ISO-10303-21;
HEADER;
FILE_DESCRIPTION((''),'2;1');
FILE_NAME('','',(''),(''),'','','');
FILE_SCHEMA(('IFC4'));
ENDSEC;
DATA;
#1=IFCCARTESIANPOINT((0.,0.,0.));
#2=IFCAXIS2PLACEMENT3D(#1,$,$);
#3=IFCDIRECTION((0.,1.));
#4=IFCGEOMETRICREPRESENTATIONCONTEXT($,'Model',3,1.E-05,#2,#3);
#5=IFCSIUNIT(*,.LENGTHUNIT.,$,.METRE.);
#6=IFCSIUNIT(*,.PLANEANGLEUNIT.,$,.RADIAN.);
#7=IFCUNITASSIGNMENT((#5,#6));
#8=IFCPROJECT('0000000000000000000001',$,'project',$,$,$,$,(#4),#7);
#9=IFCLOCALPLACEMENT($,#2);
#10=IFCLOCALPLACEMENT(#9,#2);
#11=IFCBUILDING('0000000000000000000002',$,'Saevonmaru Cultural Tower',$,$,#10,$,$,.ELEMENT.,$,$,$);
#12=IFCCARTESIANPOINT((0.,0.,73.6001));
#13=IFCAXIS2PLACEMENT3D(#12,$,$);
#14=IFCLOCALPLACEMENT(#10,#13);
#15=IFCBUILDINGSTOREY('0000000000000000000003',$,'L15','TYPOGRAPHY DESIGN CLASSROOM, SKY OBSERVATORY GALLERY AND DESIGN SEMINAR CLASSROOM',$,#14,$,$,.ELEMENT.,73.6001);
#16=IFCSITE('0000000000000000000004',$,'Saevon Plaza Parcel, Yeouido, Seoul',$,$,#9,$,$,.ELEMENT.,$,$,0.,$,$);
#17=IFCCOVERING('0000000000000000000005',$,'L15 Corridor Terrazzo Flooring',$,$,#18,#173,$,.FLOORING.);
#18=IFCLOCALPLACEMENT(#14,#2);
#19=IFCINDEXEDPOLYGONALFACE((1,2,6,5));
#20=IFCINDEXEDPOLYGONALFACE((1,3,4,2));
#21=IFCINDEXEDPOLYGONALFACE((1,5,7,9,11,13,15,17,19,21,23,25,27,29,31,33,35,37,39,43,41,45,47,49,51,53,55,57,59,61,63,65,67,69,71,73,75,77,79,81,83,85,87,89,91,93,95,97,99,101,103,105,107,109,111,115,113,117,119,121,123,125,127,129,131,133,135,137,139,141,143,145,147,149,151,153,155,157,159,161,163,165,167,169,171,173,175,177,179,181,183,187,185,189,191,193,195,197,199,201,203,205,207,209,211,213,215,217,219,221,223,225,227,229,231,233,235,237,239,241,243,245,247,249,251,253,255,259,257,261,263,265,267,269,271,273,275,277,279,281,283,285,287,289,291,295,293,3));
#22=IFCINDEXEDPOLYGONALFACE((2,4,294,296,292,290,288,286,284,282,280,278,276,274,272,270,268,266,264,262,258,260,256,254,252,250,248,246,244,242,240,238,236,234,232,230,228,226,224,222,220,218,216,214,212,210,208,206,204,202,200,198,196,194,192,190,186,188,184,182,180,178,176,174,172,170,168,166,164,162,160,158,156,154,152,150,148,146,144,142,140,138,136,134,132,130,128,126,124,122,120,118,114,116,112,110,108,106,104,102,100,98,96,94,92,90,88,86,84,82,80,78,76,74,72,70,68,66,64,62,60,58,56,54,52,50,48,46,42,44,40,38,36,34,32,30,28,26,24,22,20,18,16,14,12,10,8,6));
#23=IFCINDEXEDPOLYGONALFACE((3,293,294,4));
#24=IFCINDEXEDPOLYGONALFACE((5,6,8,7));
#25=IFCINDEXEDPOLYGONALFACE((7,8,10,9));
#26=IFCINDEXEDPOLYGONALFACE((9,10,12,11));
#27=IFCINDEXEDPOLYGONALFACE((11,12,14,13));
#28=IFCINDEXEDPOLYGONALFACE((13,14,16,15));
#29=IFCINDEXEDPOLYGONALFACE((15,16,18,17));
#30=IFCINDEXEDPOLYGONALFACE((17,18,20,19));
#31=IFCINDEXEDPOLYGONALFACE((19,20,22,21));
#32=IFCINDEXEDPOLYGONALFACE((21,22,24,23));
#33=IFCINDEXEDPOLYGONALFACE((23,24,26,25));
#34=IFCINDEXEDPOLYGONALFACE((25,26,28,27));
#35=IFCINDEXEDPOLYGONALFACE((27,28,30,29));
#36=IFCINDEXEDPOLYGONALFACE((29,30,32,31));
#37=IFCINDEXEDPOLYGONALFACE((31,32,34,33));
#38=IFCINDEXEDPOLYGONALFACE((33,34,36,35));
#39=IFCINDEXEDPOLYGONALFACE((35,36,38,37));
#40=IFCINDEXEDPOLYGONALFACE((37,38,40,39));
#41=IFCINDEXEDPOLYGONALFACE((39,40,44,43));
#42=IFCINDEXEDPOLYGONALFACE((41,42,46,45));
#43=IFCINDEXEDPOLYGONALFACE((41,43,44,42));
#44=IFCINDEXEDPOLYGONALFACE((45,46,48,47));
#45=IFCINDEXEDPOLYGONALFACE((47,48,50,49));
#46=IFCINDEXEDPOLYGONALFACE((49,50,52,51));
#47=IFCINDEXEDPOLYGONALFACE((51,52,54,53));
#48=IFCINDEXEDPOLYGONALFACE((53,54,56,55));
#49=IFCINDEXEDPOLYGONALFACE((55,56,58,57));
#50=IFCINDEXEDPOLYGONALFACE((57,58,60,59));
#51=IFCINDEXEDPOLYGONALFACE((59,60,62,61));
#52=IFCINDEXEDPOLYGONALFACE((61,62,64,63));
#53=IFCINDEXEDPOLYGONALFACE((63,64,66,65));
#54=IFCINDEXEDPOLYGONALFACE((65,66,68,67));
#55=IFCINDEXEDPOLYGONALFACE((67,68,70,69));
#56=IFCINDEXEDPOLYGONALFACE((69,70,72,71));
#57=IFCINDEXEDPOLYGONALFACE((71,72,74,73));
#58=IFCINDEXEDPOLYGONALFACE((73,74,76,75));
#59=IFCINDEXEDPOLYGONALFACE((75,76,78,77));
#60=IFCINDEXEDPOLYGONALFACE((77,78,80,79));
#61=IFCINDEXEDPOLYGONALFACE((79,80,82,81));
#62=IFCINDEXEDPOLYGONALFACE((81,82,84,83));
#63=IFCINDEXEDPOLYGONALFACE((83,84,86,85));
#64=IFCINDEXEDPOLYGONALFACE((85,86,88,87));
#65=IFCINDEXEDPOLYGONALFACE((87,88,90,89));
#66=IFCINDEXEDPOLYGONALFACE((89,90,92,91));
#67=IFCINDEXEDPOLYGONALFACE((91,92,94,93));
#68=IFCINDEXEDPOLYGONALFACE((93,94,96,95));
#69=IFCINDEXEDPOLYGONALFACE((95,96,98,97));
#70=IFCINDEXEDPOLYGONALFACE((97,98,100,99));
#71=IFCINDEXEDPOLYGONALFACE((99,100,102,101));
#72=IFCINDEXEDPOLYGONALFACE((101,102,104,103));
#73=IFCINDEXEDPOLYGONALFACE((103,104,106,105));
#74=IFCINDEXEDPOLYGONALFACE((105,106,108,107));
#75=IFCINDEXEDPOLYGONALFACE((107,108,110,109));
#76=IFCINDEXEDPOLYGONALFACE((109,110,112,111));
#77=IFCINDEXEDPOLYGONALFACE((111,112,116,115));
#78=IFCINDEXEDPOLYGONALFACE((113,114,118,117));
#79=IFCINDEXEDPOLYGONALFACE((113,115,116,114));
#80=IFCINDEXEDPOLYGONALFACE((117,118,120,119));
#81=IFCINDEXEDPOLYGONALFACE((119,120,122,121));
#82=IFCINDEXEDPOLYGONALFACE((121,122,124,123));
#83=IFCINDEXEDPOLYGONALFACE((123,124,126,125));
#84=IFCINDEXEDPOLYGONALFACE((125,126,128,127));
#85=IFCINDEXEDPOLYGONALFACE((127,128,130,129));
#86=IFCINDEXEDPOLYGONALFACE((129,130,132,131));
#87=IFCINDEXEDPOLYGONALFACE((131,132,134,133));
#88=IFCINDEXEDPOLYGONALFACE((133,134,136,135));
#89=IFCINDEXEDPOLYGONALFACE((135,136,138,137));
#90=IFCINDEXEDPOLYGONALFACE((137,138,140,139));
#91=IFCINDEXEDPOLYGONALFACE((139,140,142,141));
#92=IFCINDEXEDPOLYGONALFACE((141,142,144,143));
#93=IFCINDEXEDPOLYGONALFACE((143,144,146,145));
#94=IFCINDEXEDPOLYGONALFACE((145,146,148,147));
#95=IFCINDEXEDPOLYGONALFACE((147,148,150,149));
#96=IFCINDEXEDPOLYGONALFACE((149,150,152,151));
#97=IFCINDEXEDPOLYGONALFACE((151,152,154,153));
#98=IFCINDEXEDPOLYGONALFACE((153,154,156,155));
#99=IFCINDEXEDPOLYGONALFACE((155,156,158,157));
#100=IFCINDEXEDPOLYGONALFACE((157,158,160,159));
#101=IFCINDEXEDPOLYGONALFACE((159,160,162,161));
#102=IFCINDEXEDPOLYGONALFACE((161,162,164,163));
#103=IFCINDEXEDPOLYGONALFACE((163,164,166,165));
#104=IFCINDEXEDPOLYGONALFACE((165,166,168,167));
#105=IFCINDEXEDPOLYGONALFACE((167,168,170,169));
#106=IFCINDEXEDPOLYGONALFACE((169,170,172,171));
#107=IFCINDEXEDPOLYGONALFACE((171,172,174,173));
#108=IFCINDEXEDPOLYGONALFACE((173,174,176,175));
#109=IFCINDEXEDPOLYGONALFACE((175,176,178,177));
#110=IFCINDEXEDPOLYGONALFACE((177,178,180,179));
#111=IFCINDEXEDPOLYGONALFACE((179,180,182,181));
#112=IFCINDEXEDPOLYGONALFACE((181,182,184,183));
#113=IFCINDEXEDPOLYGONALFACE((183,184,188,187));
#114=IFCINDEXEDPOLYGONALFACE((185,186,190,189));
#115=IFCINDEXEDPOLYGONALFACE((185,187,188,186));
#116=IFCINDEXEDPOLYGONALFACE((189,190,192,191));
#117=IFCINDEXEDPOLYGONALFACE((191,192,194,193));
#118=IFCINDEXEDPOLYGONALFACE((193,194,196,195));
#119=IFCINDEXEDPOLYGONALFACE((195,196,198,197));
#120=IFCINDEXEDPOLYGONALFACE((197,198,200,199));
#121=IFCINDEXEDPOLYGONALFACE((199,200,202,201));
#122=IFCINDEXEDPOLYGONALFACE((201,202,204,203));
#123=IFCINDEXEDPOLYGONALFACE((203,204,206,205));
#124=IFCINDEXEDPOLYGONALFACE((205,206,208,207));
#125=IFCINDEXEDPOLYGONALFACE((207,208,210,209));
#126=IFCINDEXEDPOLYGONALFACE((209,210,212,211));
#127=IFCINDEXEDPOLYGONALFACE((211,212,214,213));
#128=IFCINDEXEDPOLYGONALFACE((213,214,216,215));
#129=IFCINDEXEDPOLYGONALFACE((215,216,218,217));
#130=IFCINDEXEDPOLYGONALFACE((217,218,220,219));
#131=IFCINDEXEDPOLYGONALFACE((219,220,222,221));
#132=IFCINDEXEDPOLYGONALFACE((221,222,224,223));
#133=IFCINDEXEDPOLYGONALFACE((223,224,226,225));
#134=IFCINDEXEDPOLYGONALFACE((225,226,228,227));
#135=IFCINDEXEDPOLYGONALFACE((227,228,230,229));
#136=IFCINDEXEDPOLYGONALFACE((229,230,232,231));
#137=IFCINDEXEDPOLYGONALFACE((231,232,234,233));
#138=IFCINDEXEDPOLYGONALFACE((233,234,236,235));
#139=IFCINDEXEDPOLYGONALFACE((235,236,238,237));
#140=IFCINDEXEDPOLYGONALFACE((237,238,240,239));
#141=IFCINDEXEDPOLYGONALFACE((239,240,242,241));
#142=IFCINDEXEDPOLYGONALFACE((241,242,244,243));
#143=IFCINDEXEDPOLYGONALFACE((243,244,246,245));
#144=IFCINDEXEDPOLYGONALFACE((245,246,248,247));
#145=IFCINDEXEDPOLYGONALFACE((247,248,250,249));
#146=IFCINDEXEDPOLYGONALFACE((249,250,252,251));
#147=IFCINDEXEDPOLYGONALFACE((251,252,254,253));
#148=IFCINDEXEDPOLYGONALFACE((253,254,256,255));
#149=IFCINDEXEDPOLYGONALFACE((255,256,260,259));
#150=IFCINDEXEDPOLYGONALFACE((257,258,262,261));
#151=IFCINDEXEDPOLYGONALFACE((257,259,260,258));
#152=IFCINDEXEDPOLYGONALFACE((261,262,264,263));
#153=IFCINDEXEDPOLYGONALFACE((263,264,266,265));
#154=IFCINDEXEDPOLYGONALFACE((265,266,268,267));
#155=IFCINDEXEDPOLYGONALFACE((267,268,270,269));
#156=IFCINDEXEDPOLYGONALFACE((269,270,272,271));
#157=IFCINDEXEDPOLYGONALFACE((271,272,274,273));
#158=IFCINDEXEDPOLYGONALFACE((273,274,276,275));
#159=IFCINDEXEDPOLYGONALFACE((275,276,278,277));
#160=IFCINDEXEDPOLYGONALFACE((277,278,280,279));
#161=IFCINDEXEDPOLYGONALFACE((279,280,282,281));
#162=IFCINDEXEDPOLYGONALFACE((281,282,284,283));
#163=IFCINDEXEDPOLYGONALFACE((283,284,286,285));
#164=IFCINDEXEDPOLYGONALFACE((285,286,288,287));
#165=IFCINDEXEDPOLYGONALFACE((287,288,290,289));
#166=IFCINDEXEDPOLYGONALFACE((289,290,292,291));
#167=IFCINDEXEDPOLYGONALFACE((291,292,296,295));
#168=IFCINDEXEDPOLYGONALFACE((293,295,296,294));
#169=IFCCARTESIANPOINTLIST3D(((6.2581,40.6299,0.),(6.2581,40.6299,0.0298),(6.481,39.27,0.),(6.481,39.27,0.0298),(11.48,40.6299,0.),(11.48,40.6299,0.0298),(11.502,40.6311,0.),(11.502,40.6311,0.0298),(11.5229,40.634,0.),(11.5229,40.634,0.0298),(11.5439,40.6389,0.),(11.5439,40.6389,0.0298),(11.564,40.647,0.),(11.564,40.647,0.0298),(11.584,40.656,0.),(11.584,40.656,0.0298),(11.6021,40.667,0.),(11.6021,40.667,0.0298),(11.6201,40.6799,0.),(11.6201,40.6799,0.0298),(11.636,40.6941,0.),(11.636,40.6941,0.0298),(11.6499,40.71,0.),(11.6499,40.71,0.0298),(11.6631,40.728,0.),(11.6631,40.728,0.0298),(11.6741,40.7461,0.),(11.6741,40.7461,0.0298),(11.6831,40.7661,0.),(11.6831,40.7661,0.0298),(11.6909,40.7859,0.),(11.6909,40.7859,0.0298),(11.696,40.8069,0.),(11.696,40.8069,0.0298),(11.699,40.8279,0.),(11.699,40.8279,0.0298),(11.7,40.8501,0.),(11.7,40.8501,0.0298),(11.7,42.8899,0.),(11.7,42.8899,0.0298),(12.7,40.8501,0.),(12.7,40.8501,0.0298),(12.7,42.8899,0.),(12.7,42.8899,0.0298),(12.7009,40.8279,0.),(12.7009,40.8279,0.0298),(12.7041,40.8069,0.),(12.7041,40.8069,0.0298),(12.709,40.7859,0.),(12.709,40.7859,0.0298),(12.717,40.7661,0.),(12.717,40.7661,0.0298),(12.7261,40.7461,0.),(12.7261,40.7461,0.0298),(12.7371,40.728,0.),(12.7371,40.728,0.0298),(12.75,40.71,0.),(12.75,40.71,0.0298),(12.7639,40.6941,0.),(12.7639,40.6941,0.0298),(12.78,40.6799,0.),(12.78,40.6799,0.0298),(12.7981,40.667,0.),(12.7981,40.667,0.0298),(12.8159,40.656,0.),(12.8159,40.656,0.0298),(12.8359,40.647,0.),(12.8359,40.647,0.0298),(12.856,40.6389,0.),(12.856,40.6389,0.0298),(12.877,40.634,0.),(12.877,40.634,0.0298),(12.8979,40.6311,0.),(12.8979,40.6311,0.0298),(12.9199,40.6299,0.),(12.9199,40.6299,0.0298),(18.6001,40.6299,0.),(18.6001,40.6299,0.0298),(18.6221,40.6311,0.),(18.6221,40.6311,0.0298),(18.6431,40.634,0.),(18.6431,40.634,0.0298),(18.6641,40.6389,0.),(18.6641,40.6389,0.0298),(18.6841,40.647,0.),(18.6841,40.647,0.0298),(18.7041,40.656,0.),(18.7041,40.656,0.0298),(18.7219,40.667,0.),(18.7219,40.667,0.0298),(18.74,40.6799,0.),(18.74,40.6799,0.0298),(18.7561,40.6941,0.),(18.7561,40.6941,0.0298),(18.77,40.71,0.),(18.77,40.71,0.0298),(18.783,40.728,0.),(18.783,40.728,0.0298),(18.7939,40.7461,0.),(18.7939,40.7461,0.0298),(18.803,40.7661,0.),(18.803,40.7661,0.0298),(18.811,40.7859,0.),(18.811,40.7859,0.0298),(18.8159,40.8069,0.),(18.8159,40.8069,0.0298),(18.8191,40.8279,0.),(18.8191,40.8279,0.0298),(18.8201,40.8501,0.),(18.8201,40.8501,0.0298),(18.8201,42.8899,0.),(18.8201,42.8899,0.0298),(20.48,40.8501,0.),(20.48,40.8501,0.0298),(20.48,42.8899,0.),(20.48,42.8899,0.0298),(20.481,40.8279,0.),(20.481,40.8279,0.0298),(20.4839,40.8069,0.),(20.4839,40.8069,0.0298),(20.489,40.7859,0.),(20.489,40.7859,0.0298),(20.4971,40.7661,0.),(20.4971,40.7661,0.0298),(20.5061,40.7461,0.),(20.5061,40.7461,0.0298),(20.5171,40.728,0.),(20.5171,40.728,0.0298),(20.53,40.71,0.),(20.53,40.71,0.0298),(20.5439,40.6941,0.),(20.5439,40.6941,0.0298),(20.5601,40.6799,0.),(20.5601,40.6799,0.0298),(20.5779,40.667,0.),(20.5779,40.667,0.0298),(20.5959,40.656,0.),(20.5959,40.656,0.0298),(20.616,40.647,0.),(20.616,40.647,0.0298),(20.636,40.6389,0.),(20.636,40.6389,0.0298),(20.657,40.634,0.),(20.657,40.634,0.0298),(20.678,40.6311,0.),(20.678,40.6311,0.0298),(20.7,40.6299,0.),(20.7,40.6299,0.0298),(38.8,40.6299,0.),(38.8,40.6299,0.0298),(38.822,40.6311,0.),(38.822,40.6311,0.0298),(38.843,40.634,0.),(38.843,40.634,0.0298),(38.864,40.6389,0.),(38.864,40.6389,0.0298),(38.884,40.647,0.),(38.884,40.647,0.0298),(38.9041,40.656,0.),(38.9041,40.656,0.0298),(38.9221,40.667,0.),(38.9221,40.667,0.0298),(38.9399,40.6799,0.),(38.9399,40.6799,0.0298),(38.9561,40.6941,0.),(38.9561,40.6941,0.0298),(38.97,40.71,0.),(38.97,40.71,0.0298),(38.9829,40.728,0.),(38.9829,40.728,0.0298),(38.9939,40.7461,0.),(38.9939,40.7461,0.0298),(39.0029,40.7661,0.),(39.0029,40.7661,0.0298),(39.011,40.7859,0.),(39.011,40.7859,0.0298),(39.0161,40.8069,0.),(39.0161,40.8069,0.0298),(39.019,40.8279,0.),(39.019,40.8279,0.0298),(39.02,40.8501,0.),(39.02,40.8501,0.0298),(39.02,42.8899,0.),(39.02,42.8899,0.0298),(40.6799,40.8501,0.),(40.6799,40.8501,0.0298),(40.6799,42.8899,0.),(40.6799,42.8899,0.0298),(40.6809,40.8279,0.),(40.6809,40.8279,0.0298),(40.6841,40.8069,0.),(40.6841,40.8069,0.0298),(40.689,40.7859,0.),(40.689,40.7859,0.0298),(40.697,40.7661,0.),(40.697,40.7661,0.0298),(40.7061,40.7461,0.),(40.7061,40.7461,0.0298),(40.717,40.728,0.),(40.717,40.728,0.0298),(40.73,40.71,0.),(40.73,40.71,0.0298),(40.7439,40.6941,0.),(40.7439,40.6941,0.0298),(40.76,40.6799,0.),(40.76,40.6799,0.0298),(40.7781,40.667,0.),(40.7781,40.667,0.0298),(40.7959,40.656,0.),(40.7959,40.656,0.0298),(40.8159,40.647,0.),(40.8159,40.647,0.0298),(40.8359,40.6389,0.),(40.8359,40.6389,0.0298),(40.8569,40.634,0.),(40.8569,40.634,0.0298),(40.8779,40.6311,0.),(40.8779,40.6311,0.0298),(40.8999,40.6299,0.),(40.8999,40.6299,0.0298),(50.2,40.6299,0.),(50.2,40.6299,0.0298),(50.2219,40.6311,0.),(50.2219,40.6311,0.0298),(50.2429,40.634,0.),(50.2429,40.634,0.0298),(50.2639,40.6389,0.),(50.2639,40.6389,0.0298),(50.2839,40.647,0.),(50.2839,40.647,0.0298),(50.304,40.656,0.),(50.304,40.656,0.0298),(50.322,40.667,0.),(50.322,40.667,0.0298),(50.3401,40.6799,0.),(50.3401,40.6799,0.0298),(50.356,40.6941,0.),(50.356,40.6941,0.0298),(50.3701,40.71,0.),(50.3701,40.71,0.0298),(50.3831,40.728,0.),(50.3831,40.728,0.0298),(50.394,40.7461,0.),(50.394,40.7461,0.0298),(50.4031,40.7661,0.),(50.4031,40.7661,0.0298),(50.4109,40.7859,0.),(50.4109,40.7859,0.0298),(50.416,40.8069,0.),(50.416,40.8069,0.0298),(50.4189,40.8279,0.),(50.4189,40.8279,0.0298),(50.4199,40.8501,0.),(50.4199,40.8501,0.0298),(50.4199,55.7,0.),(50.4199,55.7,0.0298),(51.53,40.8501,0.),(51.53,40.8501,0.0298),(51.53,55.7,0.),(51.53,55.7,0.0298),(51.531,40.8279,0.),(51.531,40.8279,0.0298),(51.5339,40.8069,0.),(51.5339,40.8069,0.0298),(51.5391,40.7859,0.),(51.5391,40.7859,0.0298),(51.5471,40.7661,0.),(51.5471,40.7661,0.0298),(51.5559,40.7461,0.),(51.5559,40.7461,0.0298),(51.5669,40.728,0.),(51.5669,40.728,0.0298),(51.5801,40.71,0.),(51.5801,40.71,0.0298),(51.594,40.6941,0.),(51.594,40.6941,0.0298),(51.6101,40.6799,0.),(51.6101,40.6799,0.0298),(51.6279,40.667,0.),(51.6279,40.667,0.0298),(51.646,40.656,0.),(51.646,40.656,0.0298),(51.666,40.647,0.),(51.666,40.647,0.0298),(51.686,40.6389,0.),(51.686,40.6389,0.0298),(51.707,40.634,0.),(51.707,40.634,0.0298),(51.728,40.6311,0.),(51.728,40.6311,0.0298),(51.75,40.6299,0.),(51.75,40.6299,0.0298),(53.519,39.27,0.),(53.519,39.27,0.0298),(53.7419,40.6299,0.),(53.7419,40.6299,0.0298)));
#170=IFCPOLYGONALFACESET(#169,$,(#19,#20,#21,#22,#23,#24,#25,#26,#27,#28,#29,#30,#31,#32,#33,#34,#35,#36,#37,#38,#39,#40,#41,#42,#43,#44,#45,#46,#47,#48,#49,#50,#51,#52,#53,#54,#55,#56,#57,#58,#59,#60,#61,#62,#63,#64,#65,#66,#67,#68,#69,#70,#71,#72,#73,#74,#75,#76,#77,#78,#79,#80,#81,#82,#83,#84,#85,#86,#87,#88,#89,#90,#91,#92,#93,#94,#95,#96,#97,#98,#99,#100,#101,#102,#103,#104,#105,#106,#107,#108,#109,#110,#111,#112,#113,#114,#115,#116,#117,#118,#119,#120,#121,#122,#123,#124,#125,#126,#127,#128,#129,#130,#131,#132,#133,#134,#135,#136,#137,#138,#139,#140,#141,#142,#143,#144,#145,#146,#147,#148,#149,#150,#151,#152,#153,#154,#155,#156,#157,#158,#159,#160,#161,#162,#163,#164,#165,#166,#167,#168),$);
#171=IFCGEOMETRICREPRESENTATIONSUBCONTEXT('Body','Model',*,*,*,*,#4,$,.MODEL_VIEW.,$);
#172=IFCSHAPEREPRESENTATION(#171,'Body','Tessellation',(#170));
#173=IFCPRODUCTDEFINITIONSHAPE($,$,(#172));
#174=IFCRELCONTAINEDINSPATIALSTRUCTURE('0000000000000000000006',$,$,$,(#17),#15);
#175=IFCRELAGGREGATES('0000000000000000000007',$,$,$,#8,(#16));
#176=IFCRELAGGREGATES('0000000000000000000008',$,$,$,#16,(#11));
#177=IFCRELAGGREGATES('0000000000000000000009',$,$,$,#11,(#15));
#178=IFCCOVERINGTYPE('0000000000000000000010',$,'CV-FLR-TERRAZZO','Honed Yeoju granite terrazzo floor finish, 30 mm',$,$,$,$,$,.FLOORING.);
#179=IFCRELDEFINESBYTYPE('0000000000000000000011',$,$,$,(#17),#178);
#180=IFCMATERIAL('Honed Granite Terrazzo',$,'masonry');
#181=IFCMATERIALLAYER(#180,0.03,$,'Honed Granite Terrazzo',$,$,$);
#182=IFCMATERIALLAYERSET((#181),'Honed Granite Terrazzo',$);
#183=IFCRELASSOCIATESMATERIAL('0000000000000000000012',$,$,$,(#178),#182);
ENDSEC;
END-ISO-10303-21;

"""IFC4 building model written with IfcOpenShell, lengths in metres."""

from ifc_helpers import new_model, si_unit, direction, frame, origin, place, context, subcontext, project, spatial, polyline, outline, extrude, material, layer, layer_set, type_object, element, save


model = new_model("IFC4")

# Units and contexts
model_context = context("Model", 3, precision=1e-05, world=origin(), true_north=direction((0.0, 1.0)))
body_context = subcontext(model_context, "Body", "Model", "MODEL_VIEW")
ifc_project = project(units=[si_unit("LENGTHUNIT", "METRE"), si_unit("PLANEANGLEUNIT", "RADIAN")], contexts=[model_context])

# Site, building, storey
site_placement = place(None, origin())
site = spatial("IfcSite", under=ifc_project, at=site_placement, Name="Saevon Plaza Parcel, Yeouido, Seoul", CompositionType="ELEMENT", RefElevation=0.0)
building_placement = place(site_placement, origin())
building = spatial("IfcBuilding", under=site, at=building_placement, Name="Saevonmaru Cultural Tower", CompositionType="ELEMENT")
storey_placement = place(building_placement, frame((0.0, 0.0, 73.6001)))
storey = spatial("IfcBuildingStorey", under=building, at=storey_placement, Name="L15", Description="TYPOGRAPHY DESIGN CLASSROOM, SKY OBSERVATORY GALLERY AND DESIGN SEMINAR CLASSROOM", CompositionType="ELEMENT", Elevation=73.6001)

# Covering
ifc_material_1 = material(Name="Honed Granite Terrazzo", Category="masonry")
ifc_layer_1 = layer(ifc_material_1, 0.03, Name="Honed Granite Terrazzo")
ifc_layer_set_1 = layer_set([ifc_layer_1], Name="Honed Granite Terrazzo")
covering_type_1 = type_object("IfcCoveringType", Name="CV-FLR-TERRAZZO", Description="Honed Yeoju granite terrazzo floor finish, 30 mm", PredefinedType="FLOORING", material=ifc_layer_set_1)
covering_1_placement = place(storey_placement, origin())
element("IfcCovering", 1, at=covering_1_placement, inside=storey, type_object=covering_type_1, Name="L15 Corridor Terrazzo Flooring", PredefinedType="FLOORING", context=body_context, shape_type="SweptSolid", body=[
    extrude(outline(polyline([(6.481, 39.27), (6.2581, 40.6299), (11.48, 40.6299), (11.502, 40.6311), (11.5229, 40.634), (11.5439, 40.6389), (11.564, 40.647), (11.584, 40.656), (11.6021, 40.667), (11.6201, 40.6799), (11.636, 40.6941), (11.6499, 40.71), (11.6631, 40.728), (11.6741, 40.7461), (11.6831, 40.7661), (11.6909, 40.7859), (11.696, 40.8069), (11.699, 40.8279), (11.7, 40.8501), (11.7, 42.8899), (12.7, 42.8899), (12.7, 40.8501), (12.7009, 40.8279), (12.7041, 40.8069), (12.709, 40.7859), (12.717, 40.7661), (12.7261, 40.7461), (12.7371, 40.728), (12.75, 40.71), (12.7639, 40.6941), (12.78, 40.6799), (12.7981, 40.667), (12.8159, 40.656), (12.8359, 40.647), (12.856, 40.6389), (12.877, 40.634), (12.8979, 40.6311), (12.9199, 40.6299), (18.6001, 40.6299), (18.6221, 40.6311), (18.6431, 40.634), (18.6641, 40.6389), (18.6841, 40.647), (18.7041, 40.656), (18.7219, 40.667), (18.74, 40.6799), (18.7561, 40.6941), (18.77, 40.71), (18.783, 40.728), (18.7939, 40.7461), (18.803, 40.7661), (18.811, 40.7859), (18.8159, 40.8069), (18.8191, 40.8279), (18.8201, 40.8501), (18.8201, 42.8899), (20.48, 42.8899), (20.48, 40.8501), (20.481, 40.8279), (20.4839, 40.8069), (20.489, 40.7859), (20.4971, 40.7661), (20.5061, 40.7461), (20.5171, 40.728), (20.53, 40.71), (20.5439, 40.6941), (20.5601, 40.6799), (20.5779, 40.667), (20.5959, 40.656), (20.616, 40.647), (20.636, 40.6389), (20.657, 40.634), (20.678, 40.6311), (20.7, 40.6299), (38.8, 40.6299), (38.822, 40.6311), (38.843, 40.634), (38.864, 40.6389), (38.884, 40.647), (38.9041, 40.656), (38.9221, 40.667), (38.9399, 40.6799), (38.9561, 40.6941), (38.97, 40.71), (38.9829, 40.728), (38.9939, 40.7461), (39.0029, 40.7661), (39.011, 40.7859), (39.0161, 40.8069), (39.019, 40.8279), (39.02, 40.8501), (39.02, 42.8899), (40.6799, 42.8899), (40.6799, 40.8501), (40.6809, 40.8279), (40.6841, 40.8069), (40.689, 40.7859), (40.697, 40.7661), (40.7061, 40.7461), (40.717, 40.728), (40.73, 40.71), (40.7439, 40.6941), (40.76, 40.6799), (40.7781, 40.667), (40.7959, 40.656), (40.8159, 40.647), (40.8359, 40.6389), (40.8569, 40.634), (40.8779, 40.6311), (40.8999, 40.6299), (50.2, 40.6299), (50.2219, 40.6311), (50.2429, 40.634), (50.2639, 40.6389), (50.2839, 40.647), (50.304, 40.656), (50.322, 40.667), (50.3401, 40.6799), (50.356, 40.6941), (50.3701, 40.71), (50.3831, 40.728), (50.394, 40.7461), (50.4031, 40.7661), (50.4109, 40.7859), (50.416, 40.8069), (50.4189, 40.8279), (50.4199, 40.8501), (50.4199, 55.7), (51.53, 55.7), (51.53, 40.8501), (51.531, 40.8279), (51.5339, 40.8069), (51.5391, 40.7859), (51.5471, 40.7661), (51.5559, 40.7461), (51.5669, 40.728), (51.5801, 40.71), (51.594, 40.6941), (51.6101, 40.6799), (51.6279, 40.667), (51.646, 40.656), (51.666, 40.647), (51.686, 40.6389), (51.707, 40.634), (51.728, 40.6311), (51.75, 40.6299), (53.7419, 40.6299), (53.519, 39.27), (6.481, 39.27)])), origin(), (0.0, 0.0, 1.0), 0.0298),
])

save(model, "model.ifc")
